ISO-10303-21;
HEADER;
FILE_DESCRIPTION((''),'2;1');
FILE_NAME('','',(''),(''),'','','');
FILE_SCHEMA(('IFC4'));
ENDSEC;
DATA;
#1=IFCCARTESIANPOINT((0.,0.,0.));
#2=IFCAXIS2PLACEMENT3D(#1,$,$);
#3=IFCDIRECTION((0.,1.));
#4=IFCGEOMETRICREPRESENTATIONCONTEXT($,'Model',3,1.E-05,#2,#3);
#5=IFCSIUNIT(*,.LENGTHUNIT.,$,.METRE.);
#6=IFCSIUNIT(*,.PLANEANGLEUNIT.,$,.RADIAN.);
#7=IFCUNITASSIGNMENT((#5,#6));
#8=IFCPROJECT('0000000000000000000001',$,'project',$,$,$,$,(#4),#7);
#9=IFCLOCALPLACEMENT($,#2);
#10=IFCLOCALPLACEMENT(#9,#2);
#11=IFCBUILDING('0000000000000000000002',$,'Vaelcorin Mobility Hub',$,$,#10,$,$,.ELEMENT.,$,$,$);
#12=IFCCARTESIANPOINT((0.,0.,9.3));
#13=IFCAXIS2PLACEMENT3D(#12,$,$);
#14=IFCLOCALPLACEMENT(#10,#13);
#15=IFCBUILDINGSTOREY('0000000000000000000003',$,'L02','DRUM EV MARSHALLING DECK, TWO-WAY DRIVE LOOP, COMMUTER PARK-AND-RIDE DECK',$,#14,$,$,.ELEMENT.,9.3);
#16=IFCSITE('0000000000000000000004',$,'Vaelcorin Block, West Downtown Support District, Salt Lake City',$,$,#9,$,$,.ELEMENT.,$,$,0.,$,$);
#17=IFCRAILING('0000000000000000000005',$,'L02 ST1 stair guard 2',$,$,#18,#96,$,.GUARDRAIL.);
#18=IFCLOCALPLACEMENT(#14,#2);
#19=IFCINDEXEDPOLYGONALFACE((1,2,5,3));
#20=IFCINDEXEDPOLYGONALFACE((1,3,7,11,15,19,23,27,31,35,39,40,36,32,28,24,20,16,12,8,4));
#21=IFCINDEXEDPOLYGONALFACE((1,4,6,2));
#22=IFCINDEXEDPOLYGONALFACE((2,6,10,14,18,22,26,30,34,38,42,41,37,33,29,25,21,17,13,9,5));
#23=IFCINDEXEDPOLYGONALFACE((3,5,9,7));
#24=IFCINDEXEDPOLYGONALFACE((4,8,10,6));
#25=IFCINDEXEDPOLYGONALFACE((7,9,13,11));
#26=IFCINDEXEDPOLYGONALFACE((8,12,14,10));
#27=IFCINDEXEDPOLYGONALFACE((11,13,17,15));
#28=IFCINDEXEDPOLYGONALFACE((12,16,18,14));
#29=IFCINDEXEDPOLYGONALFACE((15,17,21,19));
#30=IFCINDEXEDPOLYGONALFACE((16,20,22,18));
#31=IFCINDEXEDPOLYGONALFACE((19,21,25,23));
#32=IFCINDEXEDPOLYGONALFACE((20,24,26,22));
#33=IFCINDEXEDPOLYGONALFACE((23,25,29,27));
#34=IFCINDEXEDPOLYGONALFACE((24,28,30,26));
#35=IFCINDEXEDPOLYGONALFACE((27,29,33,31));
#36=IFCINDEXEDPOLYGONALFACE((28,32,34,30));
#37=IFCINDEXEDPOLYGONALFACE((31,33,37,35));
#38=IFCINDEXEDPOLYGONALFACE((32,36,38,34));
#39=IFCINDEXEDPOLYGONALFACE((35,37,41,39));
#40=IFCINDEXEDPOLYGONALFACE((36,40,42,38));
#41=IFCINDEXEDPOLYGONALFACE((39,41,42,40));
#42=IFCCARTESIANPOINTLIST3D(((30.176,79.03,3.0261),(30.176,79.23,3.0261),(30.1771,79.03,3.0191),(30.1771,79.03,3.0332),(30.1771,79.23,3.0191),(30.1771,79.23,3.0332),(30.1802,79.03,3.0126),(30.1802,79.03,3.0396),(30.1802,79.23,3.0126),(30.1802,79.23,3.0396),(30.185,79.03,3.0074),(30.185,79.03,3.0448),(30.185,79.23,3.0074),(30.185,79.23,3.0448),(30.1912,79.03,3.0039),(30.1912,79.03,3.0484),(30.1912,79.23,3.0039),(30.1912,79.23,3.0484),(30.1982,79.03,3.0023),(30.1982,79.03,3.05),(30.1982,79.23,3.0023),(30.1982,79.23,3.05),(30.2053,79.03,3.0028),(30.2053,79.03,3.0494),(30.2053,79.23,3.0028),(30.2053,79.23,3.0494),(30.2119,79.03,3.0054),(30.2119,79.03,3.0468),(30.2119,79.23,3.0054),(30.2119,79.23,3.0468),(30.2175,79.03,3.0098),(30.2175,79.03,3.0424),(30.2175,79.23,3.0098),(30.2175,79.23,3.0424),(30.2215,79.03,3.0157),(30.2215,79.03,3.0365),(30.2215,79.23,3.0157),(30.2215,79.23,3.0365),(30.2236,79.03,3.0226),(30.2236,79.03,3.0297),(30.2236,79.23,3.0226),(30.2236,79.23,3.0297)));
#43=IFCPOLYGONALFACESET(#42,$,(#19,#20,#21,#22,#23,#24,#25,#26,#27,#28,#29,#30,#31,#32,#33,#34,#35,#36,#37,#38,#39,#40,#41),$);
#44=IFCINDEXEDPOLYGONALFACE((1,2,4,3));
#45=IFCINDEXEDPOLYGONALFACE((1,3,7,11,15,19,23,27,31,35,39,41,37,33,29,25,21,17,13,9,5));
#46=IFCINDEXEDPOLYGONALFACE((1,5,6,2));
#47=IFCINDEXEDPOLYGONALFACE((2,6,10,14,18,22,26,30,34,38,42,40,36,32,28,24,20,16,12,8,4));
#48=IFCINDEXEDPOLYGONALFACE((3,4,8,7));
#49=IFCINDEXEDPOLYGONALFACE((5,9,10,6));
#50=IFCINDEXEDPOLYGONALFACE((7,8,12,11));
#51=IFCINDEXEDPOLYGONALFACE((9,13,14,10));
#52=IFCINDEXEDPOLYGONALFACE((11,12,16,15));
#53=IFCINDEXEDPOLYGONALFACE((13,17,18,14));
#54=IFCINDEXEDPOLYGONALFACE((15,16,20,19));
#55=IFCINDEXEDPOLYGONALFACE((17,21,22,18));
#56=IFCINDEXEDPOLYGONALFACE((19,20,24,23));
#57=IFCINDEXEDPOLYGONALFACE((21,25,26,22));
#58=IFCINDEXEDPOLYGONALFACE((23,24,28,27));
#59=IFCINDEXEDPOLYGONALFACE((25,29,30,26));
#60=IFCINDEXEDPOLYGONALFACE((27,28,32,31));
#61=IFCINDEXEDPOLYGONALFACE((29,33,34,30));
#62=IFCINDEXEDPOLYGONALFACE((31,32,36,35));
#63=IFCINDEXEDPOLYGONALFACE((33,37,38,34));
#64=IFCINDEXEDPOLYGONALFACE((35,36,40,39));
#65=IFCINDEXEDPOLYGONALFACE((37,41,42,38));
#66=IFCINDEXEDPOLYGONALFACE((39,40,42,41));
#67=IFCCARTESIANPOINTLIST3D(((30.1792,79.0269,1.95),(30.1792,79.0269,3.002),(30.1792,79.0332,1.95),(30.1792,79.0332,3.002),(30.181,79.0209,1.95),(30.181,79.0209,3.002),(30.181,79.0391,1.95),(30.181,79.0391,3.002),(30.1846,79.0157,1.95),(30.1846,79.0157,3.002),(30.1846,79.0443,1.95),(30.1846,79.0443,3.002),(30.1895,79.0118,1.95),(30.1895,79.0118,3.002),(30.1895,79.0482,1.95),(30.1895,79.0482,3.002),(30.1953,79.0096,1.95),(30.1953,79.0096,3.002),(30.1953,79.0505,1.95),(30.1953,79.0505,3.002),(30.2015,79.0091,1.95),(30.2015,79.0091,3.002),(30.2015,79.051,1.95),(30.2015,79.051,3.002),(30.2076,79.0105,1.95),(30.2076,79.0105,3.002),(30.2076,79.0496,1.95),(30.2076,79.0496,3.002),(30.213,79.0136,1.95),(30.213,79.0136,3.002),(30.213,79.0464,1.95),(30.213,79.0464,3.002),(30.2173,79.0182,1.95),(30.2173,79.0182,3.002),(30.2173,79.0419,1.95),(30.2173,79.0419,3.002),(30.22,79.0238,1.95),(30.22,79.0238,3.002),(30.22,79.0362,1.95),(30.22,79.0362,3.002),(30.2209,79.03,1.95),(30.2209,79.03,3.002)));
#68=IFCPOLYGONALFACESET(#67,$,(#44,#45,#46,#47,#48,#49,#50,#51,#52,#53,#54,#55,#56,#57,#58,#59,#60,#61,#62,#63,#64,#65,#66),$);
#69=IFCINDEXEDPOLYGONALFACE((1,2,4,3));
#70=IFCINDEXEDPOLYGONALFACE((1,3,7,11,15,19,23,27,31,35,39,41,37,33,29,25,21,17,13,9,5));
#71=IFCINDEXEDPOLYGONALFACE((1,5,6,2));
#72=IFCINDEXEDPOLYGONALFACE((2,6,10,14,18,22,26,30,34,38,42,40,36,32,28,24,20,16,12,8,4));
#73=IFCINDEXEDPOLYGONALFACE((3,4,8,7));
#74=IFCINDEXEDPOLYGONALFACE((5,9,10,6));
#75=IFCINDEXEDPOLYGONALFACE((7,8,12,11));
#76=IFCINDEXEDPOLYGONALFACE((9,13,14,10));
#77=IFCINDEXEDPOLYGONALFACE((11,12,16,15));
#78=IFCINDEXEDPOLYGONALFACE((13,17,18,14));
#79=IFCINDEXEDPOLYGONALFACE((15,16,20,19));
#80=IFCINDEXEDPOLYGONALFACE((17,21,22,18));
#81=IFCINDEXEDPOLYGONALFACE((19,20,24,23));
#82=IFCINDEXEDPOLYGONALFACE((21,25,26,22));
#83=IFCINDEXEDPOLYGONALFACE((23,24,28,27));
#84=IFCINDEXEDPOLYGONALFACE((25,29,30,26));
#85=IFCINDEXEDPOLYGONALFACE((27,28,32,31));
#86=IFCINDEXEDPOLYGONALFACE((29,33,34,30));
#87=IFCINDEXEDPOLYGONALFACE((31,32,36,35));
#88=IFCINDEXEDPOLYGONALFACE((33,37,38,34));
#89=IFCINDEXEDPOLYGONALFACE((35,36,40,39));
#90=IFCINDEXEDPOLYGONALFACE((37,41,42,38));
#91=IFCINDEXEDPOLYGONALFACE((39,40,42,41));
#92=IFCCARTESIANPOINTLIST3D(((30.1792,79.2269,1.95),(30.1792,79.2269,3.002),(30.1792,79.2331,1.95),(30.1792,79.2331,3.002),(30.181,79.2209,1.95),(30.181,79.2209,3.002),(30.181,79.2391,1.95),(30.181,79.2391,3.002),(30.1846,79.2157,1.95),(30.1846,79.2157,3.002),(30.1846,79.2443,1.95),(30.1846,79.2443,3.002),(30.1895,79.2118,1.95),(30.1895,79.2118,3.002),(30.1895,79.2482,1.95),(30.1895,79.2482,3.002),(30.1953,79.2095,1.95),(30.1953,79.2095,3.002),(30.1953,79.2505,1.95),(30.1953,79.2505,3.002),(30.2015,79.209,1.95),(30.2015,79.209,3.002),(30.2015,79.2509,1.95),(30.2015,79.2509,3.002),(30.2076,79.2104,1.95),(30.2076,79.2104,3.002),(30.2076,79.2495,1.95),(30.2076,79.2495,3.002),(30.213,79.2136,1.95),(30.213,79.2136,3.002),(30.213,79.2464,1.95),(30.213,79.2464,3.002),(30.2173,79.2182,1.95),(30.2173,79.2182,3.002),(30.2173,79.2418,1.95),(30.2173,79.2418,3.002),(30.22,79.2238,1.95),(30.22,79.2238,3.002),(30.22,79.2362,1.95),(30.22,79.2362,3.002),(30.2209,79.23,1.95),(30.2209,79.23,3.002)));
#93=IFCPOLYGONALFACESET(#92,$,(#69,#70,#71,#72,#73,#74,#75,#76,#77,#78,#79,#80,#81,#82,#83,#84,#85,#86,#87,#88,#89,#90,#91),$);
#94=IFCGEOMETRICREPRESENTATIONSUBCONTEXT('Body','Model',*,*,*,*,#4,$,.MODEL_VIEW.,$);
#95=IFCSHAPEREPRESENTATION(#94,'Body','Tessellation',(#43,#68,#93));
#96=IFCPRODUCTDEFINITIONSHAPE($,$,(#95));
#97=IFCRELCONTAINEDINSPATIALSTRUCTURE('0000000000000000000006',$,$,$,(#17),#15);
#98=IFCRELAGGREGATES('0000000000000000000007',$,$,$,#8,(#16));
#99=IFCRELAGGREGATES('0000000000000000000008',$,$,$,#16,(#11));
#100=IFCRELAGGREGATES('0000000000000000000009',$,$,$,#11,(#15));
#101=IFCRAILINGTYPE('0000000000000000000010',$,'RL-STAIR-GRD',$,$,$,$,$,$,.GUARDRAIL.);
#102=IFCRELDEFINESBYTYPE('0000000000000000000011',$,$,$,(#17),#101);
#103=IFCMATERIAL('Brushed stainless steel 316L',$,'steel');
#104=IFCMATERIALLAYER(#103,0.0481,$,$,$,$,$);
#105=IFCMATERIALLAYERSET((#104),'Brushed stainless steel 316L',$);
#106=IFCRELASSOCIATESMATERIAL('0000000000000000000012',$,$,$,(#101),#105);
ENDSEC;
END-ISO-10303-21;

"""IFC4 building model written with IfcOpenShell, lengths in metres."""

from ifc_helpers import new_model, si_unit, direction, frame, origin, origin_2d, place, context, subcontext, project, spatial, circle, extrude, material, layer, layer_set, type_object, element, save


model = new_model("IFC4")

# Units and contexts
model_context = context("Model", 3, precision=1e-05, world=origin(), true_north=direction((0.0, 1.0)))
body_context = subcontext(model_context, "Body", "Model", "MODEL_VIEW")
ifc_project = project(units=[si_unit("LENGTHUNIT", "METRE"), si_unit("PLANEANGLEUNIT", "RADIAN")], contexts=[model_context])

# Site, building, storey
site_placement = place(None, origin())
site = spatial("IfcSite", under=ifc_project, at=site_placement, Name="Vaelcorin Block, West Downtown Support District, Salt Lake City", CompositionType="ELEMENT", RefElevation=0.0)
building_placement = place(site_placement, origin())
building = spatial("IfcBuilding", under=site, at=building_placement, Name="Vaelcorin Mobility Hub", CompositionType="ELEMENT")
storey_placement = place(building_placement, frame((0.0, 0.0, 9.3)))
storey = spatial("IfcBuildingStorey", under=building, at=storey_placement, Name="L02", Description="DRUM EV MARSHALLING DECK, TWO-WAY DRIVE LOOP, COMMUTER PARK-AND-RIDE DECK", CompositionType="ELEMENT", Elevation=9.3)

# Railing
ifc_material_1 = material(Name="Brushed stainless steel 316L", Category="steel")
ifc_layer_1 = layer(ifc_material_1, 0.0481)
ifc_layer_set_1 = layer_set([ifc_layer_1], Name="Brushed stainless steel 316L")
railing_type_1 = type_object("IfcRailingType", Name="RL-STAIR-GRD", PredefinedType="GUARDRAIL", material=ifc_layer_set_1)
railing_1_placement = place(storey_placement, frame((30.2, 79.03, 1.95)))
element("IfcRailing", 1, at=railing_1_placement, inside=storey, type_object=railing_type_1, Name="L02 ST1 stair guard 2", PredefinedType="GUARDRAIL", context=body_context, shape_type="SweptSolid", body=[
    extrude(circle(Radius=0.0239, at=origin_2d()), frame((0.0, 0.0, 1.0762), z_axis=(0.0, 1.0, 0.0), x_axis=(-1.0, 0.0, 0.0)), (0.0, 0.0, 1.0), 0.2),
    extrude(circle(Radius=0.021, at=origin_2d()), origin(), (0.0, 0.0, 1.0), 1.052),
    extrude(circle(Radius=0.021, at=origin_2d()), frame((0.0, 0.2, 0.0)), (0.0, 0.0, 1.0), 1.052),
])

save(model, "model.ifc")
